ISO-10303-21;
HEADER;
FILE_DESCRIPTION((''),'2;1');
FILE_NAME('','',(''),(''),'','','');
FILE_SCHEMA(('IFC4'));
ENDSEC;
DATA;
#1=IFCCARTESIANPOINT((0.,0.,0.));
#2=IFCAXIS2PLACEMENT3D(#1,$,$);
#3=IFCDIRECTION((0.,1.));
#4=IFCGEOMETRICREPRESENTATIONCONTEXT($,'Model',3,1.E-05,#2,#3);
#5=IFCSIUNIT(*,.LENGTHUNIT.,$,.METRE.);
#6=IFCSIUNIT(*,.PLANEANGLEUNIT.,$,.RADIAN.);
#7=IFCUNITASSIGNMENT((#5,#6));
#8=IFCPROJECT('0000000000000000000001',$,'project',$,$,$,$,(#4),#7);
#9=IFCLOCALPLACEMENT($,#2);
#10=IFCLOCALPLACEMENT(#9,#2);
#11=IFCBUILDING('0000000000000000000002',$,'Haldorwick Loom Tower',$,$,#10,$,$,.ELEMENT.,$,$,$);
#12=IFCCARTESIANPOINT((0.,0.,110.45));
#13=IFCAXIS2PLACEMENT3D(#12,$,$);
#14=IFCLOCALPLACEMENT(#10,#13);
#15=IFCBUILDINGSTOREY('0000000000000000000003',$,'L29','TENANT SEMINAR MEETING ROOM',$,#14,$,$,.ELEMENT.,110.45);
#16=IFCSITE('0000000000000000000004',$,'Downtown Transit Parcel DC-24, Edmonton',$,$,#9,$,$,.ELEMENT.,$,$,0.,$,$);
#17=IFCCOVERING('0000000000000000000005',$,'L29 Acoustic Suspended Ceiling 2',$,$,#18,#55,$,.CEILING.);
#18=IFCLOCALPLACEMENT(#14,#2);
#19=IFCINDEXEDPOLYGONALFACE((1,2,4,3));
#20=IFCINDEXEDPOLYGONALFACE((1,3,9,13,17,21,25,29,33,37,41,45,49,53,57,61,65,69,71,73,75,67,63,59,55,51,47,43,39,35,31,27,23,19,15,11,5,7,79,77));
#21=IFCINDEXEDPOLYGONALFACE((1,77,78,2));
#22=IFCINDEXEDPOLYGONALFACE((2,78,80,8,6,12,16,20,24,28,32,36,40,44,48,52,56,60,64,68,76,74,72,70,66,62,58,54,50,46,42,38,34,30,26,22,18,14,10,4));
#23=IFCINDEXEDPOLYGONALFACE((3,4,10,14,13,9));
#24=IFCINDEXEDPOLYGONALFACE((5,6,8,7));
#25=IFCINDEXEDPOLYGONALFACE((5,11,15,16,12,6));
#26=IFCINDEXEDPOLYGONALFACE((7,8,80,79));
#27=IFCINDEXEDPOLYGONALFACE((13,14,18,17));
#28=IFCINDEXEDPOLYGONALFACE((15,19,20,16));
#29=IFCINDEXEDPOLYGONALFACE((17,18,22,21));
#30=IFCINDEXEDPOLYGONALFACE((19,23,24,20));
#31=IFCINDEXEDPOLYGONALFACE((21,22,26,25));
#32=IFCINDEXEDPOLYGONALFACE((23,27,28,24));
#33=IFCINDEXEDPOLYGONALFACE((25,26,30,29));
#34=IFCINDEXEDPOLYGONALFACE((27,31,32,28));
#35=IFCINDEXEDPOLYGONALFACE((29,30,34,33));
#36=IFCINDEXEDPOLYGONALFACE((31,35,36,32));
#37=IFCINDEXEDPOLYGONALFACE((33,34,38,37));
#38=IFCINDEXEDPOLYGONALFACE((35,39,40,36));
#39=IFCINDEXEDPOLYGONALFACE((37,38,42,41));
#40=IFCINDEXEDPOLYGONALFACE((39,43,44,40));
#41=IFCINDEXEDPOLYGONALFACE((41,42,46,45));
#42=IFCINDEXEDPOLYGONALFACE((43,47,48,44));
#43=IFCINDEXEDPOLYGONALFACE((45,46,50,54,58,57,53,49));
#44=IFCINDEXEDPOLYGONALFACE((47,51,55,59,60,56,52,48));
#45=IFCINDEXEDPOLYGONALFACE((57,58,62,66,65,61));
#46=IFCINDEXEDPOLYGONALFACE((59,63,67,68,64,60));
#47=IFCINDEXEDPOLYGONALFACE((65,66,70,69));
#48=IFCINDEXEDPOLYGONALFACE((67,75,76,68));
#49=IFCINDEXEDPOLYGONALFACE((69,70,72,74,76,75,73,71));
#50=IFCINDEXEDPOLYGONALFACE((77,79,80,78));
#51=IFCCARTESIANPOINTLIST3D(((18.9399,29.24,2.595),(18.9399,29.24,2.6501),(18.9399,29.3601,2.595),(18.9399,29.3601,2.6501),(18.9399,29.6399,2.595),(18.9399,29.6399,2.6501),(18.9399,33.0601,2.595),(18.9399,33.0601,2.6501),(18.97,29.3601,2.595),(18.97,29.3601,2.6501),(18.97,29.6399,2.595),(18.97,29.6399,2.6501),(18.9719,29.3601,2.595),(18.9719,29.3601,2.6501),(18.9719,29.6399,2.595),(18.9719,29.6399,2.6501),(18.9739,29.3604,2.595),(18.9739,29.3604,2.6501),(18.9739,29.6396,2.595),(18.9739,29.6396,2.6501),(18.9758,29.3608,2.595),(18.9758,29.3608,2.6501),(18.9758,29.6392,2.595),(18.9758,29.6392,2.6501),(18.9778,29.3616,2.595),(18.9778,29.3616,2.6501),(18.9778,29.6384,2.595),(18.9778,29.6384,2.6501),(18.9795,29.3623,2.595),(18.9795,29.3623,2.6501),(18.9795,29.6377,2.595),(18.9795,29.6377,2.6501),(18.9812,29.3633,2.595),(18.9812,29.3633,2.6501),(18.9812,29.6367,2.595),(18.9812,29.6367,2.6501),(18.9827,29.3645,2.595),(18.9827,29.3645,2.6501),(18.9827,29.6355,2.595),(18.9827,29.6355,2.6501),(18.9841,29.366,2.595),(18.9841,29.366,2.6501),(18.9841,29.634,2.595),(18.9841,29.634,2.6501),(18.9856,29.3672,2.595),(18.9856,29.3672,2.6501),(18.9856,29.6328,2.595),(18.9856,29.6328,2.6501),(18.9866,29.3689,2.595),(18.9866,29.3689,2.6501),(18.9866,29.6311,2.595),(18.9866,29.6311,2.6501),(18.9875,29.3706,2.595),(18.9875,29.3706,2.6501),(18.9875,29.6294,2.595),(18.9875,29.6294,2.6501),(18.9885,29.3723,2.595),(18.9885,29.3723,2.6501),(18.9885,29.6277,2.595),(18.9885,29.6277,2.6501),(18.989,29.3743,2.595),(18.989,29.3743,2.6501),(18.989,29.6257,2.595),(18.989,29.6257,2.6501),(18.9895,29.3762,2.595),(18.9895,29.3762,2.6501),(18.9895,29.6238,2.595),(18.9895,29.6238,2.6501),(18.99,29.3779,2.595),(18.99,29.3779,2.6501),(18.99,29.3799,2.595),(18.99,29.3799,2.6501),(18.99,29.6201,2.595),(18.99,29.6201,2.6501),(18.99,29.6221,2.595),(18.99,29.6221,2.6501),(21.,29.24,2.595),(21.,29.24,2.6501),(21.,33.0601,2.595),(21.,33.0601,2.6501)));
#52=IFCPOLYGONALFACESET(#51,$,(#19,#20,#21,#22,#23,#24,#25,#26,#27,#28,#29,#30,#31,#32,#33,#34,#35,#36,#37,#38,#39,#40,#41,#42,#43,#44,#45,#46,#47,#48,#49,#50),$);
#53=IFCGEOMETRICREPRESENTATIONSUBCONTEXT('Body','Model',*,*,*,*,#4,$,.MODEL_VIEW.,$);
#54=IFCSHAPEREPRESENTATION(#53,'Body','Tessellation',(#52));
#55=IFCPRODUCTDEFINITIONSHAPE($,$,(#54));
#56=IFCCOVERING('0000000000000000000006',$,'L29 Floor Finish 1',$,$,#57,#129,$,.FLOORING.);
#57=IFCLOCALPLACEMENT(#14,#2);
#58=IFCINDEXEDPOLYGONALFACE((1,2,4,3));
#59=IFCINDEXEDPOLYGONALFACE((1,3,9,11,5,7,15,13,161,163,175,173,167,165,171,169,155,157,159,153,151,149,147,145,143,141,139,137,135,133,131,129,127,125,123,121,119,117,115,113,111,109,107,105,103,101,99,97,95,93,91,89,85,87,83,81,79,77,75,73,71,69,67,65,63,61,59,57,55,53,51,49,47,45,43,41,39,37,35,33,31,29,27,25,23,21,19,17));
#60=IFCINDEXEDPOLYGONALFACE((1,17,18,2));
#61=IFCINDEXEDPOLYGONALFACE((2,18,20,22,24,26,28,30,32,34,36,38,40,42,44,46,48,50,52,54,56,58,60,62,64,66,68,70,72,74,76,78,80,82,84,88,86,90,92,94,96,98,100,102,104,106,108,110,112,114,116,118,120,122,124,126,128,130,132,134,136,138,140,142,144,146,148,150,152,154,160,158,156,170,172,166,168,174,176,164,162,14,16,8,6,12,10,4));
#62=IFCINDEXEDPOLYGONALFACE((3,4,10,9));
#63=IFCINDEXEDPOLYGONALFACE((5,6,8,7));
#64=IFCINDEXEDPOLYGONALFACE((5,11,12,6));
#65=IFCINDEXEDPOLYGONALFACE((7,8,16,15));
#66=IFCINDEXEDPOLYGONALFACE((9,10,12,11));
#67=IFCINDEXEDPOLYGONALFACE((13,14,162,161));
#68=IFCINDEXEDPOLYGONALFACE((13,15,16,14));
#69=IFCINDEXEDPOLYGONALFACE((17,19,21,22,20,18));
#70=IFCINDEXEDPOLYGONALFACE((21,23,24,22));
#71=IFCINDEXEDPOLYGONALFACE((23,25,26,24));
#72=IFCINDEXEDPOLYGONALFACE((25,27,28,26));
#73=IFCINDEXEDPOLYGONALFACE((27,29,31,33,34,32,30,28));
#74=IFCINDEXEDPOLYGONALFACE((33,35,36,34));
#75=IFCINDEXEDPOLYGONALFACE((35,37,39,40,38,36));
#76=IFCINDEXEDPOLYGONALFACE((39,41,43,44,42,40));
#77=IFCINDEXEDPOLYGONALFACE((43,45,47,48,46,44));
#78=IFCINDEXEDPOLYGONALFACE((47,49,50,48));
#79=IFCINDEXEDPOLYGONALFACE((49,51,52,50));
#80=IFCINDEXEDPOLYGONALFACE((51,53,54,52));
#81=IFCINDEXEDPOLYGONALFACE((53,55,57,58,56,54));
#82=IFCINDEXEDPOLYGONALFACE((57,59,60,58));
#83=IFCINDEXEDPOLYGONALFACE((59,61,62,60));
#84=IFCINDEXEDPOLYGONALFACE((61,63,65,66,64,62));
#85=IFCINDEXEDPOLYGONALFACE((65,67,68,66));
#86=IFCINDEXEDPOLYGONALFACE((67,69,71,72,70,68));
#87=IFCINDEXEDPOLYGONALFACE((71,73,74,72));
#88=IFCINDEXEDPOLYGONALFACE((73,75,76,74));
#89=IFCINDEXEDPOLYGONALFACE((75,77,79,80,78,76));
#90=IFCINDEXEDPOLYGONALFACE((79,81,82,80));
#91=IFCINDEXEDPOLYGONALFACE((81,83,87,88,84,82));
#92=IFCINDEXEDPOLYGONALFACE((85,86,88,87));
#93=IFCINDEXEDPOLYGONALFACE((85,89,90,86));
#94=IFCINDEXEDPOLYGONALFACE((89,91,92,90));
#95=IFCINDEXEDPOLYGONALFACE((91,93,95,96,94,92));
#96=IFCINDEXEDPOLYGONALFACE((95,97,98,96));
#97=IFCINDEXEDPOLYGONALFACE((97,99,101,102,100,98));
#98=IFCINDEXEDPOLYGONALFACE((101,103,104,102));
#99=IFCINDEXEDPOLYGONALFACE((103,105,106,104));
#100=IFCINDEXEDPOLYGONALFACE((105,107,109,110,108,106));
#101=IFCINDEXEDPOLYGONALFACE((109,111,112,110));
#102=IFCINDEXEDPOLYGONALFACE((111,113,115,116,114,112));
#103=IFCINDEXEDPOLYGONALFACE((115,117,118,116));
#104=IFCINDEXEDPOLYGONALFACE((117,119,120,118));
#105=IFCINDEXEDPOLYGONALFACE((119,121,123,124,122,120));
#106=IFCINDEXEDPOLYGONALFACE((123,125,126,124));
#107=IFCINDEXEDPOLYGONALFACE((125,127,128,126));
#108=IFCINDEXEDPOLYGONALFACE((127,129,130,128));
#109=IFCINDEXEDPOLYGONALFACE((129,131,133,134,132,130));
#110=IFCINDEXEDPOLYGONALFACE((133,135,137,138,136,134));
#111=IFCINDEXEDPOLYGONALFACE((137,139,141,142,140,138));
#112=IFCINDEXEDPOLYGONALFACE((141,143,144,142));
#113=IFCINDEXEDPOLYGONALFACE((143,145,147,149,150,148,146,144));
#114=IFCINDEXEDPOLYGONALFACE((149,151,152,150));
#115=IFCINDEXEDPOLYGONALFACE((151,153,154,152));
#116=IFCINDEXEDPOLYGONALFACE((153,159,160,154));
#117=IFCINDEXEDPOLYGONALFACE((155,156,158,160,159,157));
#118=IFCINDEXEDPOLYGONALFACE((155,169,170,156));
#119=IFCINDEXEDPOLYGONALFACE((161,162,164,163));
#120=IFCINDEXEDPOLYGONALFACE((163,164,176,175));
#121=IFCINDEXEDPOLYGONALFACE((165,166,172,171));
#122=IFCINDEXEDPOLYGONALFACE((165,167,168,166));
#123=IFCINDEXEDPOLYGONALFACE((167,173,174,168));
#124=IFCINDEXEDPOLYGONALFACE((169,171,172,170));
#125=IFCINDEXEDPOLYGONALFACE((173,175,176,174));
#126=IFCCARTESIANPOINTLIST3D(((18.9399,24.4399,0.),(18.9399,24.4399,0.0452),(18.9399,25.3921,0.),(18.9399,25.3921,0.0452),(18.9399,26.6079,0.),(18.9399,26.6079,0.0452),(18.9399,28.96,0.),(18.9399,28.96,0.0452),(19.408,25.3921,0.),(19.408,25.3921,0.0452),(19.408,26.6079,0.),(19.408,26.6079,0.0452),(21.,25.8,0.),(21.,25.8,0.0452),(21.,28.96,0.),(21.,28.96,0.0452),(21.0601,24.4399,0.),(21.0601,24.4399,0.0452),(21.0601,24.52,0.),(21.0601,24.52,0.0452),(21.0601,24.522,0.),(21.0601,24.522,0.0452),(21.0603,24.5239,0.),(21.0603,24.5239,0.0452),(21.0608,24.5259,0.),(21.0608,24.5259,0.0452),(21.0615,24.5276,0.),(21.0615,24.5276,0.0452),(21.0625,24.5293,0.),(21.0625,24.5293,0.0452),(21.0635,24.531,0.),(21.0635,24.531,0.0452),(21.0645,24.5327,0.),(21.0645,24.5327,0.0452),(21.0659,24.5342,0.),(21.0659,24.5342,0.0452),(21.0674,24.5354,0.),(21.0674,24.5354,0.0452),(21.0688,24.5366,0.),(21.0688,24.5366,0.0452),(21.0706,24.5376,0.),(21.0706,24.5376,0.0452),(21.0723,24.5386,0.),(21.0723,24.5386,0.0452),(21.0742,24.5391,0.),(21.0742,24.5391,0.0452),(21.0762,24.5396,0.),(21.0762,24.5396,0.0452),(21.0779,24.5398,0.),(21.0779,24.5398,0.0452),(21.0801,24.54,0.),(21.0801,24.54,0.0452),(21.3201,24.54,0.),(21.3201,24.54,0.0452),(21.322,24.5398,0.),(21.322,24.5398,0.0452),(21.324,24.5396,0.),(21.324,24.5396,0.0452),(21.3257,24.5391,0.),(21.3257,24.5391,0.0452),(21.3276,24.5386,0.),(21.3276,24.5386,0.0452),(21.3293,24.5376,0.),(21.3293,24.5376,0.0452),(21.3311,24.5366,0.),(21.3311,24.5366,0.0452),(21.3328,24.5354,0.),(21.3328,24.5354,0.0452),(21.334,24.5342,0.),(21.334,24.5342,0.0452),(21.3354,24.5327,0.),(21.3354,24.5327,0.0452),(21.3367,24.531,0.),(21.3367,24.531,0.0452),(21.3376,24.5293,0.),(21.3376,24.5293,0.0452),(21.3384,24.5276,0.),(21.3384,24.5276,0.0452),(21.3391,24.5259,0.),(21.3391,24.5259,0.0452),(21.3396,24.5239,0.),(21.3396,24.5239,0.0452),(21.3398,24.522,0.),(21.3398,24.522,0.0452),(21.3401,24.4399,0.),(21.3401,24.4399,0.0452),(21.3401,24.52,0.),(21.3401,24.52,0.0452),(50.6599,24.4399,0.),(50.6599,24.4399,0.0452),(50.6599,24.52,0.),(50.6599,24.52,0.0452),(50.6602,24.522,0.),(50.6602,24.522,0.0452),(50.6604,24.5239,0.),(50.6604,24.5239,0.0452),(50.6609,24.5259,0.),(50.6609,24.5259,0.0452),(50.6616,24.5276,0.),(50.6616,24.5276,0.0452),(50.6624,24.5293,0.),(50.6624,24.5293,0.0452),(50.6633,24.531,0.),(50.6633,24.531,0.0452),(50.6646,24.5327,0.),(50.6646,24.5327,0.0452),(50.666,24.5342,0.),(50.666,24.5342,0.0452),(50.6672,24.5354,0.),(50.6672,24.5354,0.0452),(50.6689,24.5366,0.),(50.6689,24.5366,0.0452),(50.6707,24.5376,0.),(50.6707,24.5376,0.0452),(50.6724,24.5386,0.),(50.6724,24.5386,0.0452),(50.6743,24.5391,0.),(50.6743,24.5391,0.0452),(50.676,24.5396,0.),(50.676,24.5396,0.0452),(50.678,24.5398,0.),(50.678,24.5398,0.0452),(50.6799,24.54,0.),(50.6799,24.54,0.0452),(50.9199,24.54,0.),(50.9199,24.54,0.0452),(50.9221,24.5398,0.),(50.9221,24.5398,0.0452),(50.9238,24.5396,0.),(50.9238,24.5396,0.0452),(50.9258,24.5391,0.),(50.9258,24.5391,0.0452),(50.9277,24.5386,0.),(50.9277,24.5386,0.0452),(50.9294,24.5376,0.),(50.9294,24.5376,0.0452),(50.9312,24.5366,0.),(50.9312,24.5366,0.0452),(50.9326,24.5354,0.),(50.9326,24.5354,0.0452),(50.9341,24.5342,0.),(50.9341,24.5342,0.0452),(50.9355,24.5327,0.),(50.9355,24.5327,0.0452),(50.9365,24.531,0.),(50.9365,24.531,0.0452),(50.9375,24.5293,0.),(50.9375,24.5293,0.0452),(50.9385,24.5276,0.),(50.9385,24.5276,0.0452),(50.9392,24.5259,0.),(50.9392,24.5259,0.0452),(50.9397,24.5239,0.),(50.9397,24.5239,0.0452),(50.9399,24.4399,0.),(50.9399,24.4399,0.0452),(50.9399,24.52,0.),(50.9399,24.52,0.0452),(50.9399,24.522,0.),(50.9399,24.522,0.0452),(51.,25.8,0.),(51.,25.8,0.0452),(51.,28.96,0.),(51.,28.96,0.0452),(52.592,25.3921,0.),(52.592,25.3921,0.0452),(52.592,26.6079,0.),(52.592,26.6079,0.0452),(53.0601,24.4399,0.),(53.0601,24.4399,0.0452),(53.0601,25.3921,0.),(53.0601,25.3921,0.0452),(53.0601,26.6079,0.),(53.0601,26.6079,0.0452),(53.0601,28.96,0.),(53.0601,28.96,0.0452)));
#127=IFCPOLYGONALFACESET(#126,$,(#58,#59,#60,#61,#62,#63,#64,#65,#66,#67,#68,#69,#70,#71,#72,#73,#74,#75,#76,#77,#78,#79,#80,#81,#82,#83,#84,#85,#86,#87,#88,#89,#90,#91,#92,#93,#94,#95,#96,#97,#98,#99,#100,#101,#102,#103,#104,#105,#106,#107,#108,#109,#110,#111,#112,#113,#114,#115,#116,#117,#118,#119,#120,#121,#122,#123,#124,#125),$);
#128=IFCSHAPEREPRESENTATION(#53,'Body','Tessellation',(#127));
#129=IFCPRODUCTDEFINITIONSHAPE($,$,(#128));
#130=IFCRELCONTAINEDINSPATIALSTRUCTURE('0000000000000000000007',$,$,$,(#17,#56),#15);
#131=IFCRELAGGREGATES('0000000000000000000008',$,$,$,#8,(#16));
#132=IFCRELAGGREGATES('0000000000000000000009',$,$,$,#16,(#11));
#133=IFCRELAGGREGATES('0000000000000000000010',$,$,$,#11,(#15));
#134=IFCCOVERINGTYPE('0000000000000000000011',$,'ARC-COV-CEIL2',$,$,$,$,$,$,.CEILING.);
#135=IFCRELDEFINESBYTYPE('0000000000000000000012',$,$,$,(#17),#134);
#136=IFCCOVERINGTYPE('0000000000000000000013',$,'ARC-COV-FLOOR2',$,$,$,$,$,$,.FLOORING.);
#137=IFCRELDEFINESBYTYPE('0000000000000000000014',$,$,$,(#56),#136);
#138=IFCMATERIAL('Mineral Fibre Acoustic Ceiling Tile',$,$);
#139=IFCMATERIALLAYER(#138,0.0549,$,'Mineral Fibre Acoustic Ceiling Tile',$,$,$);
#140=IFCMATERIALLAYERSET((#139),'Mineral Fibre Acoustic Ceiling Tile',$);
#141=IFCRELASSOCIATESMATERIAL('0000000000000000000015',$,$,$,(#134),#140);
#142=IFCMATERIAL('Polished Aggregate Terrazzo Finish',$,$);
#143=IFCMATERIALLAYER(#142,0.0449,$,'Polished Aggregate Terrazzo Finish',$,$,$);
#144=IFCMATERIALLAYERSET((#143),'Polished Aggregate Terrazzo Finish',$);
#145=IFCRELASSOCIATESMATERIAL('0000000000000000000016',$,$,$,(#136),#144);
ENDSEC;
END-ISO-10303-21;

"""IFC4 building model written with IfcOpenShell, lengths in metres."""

from ifc_helpers import new_model, si_unit, direction, frame, origin, place, context, subcontext, project, spatial, polyline, outline, extrude, material, layer, layer_set, type_object, element, save


model = new_model("IFC4")

# Units and contexts
model_context = context("Model", 3, precision=1e-05, world=origin(), true_north=direction((0.0, 1.0)))
body_context = subcontext(model_context, "Body", "Model", "MODEL_VIEW")
ifc_project = project(units=[si_unit("LENGTHUNIT", "METRE"), si_unit("PLANEANGLEUNIT", "RADIAN")], contexts=[model_context])

# Site, building, storey
site_placement = place(None, origin())
site = spatial("IfcSite", under=ifc_project, at=site_placement, Name="Downtown Transit Parcel DC-24, Edmonton", CompositionType="ELEMENT", RefElevation=0.0)
building_placement = place(site_placement, origin())
building = spatial("IfcBuilding", under=site, at=building_placement, Name="Haldorwick Loom Tower", CompositionType="ELEMENT")
storey_placement = place(building_placement, frame((0.0, 0.0, 110.45)))
storey = spatial("IfcBuildingStorey", under=building, at=storey_placement, Name="L29", Description="TENANT SEMINAR MEETING ROOM", CompositionType="ELEMENT", Elevation=110.45)

# Coverings
ifc_material_1 = material(Name="Mineral Fibre Acoustic Ceiling Tile")
ifc_layer_1 = layer(ifc_material_1, 0.0549, Name="Mineral Fibre Acoustic Ceiling Tile")
ifc_layer_set_1 = layer_set([ifc_layer_1], Name="Mineral Fibre Acoustic Ceiling Tile")
covering_type_1 = type_object("IfcCoveringType", Name="ARC-COV-CEIL2", PredefinedType="CEILING", material=ifc_layer_set_1)
covering_1_placement = place(storey_placement, frame((0.0, 0.0, 2.595)))
element("IfcCovering", 1, at=covering_1_placement, inside=storey, type_object=covering_type_1, Name="L29 Acoustic Suspended Ceiling 2", PredefinedType="CEILING", context=body_context, shape_type="SweptSolid", body=[
    extrude(outline(polyline([(18.97, 29.6399), (18.9719, 29.6399), (18.9739, 29.6396), (18.9758, 29.6392), (18.9778, 29.6384), (18.9795, 29.6377), (18.9812, 29.6367), (18.9827, 29.6355), (18.9841, 29.634), (18.9856, 29.6328), (18.9866, 29.6311), (18.9875, 29.6294), (18.9885, 29.6277), (18.989, 29.6257), (18.9895, 29.6238), (18.99, 29.6221), (18.99, 29.6201), (18.99, 29.3799), (18.99, 29.3779), (18.9895, 29.3762), (18.989, 29.3743), (18.9885, 29.3723), (18.9875, 29.3706), (18.9866, 29.3689), (18.9856, 29.3672), (18.9841, 29.366), (18.9827, 29.3645), (18.9812, 29.3633), (18.9795, 29.3623), (18.9778, 29.3616), (18.9758, 29.3608), (18.9739, 29.3604), (18.9719, 29.3601), (18.97, 29.3601), (18.9399, 29.3601), (18.9399, 29.24), (21.0, 29.24), (21.0, 33.0601), (18.9399, 33.0601), (18.9399, 29.6399), (18.97, 29.6399)])), origin(), (0.0, 0.0, 1.0), 0.0552),
])
ifc_material_2 = material(Name="Polished Aggregate Terrazzo Finish")
ifc_layer_2 = layer(ifc_material_2, 0.0449, Name="Polished Aggregate Terrazzo Finish")
ifc_layer_set_2 = layer_set([ifc_layer_2], Name="Polished Aggregate Terrazzo Finish")
covering_type_2 = type_object("IfcCoveringType", Name="ARC-COV-FLOOR2", PredefinedType="FLOORING", material=ifc_layer_set_2)
covering_2_placement = place(storey_placement, origin())
element("IfcCovering", 2, at=covering_2_placement, inside=storey, type_object=covering_type_2, Name="L29 Floor Finish 1", PredefinedType="FLOORING", context=body_context, shape_type="SweptSolid", body=[
    extrude(outline(polyline([(21.3201, 24.54), (21.322, 24.5398), (21.324, 24.5396), (21.3257, 24.5391), (21.3276, 24.5386), (21.3293, 24.5376), (21.3311, 24.5366), (21.3328, 24.5354), (21.334, 24.5342), (21.3354, 24.5327), (21.3367, 24.531), (21.3376, 24.5293), (21.3384, 24.5276), (21.3391, 24.5259), (21.3396, 24.5239), (21.3398, 24.522), (21.3401, 24.52), (21.3401, 24.4399), (50.6599, 24.4399), (50.6599, 24.52), (50.6602, 24.522), (50.6604, 24.5239), (50.6609, 24.5259), (50.6616, 24.5276), (50.6624, 24.5293), (50.6633, 24.531), (50.6646, 24.5327), (50.666, 24.5342), (50.6672, 24.5354), (50.6689, 24.5366), (50.6707, 24.5376), (50.6724, 24.5386), (50.6743, 24.5391), (50.676, 24.5396), (50.678, 24.5398), (50.6799, 24.54), (50.9199, 24.54), (50.9221, 24.5398), (50.9238, 24.5396), (50.9258, 24.5391), (50.9277, 24.5386), (50.9294, 24.5376), (50.9312, 24.5366), (50.9326, 24.5354), (50.9341, 24.5342), (50.9355, 24.5327), (50.9365, 24.531), (50.9375, 24.5293), (50.9385, 24.5276), (50.9392, 24.5259), (50.9397, 24.5239), (50.9399, 24.522), (50.9399, 24.52), (50.9399, 24.4399), (53.0601, 24.4399), (53.0601, 25.3921), (52.592, 25.3921), (52.592, 26.6079), (53.0601, 26.6079), (53.0601, 28.96), (51.0, 28.96), (51.0, 25.8), (21.0, 25.8), (21.0, 28.96), (18.9399, 28.96), (18.9399, 26.6079), (19.408, 26.6079), (19.408, 25.3921), (18.9399, 25.3921), (18.9399, 24.4399), (21.0601, 24.4399), (21.0601, 24.52), (21.0601, 24.522), (21.0603, 24.5239), (21.0608, 24.5259), (21.0615, 24.5276), (21.0625, 24.5293), (21.0635, 24.531), (21.0645, 24.5327), (21.0659, 24.5342), (21.0674, 24.5354), (21.0688, 24.5366), (21.0706, 24.5376), (21.0723, 24.5386), (21.0742, 24.5391), (21.0762, 24.5396), (21.0779, 24.5398), (21.0801, 24.54), (21.3201, 24.54)])), origin(), (0.0, 0.0, 1.0), 0.0452),
])

save(model, "model.ifc")
